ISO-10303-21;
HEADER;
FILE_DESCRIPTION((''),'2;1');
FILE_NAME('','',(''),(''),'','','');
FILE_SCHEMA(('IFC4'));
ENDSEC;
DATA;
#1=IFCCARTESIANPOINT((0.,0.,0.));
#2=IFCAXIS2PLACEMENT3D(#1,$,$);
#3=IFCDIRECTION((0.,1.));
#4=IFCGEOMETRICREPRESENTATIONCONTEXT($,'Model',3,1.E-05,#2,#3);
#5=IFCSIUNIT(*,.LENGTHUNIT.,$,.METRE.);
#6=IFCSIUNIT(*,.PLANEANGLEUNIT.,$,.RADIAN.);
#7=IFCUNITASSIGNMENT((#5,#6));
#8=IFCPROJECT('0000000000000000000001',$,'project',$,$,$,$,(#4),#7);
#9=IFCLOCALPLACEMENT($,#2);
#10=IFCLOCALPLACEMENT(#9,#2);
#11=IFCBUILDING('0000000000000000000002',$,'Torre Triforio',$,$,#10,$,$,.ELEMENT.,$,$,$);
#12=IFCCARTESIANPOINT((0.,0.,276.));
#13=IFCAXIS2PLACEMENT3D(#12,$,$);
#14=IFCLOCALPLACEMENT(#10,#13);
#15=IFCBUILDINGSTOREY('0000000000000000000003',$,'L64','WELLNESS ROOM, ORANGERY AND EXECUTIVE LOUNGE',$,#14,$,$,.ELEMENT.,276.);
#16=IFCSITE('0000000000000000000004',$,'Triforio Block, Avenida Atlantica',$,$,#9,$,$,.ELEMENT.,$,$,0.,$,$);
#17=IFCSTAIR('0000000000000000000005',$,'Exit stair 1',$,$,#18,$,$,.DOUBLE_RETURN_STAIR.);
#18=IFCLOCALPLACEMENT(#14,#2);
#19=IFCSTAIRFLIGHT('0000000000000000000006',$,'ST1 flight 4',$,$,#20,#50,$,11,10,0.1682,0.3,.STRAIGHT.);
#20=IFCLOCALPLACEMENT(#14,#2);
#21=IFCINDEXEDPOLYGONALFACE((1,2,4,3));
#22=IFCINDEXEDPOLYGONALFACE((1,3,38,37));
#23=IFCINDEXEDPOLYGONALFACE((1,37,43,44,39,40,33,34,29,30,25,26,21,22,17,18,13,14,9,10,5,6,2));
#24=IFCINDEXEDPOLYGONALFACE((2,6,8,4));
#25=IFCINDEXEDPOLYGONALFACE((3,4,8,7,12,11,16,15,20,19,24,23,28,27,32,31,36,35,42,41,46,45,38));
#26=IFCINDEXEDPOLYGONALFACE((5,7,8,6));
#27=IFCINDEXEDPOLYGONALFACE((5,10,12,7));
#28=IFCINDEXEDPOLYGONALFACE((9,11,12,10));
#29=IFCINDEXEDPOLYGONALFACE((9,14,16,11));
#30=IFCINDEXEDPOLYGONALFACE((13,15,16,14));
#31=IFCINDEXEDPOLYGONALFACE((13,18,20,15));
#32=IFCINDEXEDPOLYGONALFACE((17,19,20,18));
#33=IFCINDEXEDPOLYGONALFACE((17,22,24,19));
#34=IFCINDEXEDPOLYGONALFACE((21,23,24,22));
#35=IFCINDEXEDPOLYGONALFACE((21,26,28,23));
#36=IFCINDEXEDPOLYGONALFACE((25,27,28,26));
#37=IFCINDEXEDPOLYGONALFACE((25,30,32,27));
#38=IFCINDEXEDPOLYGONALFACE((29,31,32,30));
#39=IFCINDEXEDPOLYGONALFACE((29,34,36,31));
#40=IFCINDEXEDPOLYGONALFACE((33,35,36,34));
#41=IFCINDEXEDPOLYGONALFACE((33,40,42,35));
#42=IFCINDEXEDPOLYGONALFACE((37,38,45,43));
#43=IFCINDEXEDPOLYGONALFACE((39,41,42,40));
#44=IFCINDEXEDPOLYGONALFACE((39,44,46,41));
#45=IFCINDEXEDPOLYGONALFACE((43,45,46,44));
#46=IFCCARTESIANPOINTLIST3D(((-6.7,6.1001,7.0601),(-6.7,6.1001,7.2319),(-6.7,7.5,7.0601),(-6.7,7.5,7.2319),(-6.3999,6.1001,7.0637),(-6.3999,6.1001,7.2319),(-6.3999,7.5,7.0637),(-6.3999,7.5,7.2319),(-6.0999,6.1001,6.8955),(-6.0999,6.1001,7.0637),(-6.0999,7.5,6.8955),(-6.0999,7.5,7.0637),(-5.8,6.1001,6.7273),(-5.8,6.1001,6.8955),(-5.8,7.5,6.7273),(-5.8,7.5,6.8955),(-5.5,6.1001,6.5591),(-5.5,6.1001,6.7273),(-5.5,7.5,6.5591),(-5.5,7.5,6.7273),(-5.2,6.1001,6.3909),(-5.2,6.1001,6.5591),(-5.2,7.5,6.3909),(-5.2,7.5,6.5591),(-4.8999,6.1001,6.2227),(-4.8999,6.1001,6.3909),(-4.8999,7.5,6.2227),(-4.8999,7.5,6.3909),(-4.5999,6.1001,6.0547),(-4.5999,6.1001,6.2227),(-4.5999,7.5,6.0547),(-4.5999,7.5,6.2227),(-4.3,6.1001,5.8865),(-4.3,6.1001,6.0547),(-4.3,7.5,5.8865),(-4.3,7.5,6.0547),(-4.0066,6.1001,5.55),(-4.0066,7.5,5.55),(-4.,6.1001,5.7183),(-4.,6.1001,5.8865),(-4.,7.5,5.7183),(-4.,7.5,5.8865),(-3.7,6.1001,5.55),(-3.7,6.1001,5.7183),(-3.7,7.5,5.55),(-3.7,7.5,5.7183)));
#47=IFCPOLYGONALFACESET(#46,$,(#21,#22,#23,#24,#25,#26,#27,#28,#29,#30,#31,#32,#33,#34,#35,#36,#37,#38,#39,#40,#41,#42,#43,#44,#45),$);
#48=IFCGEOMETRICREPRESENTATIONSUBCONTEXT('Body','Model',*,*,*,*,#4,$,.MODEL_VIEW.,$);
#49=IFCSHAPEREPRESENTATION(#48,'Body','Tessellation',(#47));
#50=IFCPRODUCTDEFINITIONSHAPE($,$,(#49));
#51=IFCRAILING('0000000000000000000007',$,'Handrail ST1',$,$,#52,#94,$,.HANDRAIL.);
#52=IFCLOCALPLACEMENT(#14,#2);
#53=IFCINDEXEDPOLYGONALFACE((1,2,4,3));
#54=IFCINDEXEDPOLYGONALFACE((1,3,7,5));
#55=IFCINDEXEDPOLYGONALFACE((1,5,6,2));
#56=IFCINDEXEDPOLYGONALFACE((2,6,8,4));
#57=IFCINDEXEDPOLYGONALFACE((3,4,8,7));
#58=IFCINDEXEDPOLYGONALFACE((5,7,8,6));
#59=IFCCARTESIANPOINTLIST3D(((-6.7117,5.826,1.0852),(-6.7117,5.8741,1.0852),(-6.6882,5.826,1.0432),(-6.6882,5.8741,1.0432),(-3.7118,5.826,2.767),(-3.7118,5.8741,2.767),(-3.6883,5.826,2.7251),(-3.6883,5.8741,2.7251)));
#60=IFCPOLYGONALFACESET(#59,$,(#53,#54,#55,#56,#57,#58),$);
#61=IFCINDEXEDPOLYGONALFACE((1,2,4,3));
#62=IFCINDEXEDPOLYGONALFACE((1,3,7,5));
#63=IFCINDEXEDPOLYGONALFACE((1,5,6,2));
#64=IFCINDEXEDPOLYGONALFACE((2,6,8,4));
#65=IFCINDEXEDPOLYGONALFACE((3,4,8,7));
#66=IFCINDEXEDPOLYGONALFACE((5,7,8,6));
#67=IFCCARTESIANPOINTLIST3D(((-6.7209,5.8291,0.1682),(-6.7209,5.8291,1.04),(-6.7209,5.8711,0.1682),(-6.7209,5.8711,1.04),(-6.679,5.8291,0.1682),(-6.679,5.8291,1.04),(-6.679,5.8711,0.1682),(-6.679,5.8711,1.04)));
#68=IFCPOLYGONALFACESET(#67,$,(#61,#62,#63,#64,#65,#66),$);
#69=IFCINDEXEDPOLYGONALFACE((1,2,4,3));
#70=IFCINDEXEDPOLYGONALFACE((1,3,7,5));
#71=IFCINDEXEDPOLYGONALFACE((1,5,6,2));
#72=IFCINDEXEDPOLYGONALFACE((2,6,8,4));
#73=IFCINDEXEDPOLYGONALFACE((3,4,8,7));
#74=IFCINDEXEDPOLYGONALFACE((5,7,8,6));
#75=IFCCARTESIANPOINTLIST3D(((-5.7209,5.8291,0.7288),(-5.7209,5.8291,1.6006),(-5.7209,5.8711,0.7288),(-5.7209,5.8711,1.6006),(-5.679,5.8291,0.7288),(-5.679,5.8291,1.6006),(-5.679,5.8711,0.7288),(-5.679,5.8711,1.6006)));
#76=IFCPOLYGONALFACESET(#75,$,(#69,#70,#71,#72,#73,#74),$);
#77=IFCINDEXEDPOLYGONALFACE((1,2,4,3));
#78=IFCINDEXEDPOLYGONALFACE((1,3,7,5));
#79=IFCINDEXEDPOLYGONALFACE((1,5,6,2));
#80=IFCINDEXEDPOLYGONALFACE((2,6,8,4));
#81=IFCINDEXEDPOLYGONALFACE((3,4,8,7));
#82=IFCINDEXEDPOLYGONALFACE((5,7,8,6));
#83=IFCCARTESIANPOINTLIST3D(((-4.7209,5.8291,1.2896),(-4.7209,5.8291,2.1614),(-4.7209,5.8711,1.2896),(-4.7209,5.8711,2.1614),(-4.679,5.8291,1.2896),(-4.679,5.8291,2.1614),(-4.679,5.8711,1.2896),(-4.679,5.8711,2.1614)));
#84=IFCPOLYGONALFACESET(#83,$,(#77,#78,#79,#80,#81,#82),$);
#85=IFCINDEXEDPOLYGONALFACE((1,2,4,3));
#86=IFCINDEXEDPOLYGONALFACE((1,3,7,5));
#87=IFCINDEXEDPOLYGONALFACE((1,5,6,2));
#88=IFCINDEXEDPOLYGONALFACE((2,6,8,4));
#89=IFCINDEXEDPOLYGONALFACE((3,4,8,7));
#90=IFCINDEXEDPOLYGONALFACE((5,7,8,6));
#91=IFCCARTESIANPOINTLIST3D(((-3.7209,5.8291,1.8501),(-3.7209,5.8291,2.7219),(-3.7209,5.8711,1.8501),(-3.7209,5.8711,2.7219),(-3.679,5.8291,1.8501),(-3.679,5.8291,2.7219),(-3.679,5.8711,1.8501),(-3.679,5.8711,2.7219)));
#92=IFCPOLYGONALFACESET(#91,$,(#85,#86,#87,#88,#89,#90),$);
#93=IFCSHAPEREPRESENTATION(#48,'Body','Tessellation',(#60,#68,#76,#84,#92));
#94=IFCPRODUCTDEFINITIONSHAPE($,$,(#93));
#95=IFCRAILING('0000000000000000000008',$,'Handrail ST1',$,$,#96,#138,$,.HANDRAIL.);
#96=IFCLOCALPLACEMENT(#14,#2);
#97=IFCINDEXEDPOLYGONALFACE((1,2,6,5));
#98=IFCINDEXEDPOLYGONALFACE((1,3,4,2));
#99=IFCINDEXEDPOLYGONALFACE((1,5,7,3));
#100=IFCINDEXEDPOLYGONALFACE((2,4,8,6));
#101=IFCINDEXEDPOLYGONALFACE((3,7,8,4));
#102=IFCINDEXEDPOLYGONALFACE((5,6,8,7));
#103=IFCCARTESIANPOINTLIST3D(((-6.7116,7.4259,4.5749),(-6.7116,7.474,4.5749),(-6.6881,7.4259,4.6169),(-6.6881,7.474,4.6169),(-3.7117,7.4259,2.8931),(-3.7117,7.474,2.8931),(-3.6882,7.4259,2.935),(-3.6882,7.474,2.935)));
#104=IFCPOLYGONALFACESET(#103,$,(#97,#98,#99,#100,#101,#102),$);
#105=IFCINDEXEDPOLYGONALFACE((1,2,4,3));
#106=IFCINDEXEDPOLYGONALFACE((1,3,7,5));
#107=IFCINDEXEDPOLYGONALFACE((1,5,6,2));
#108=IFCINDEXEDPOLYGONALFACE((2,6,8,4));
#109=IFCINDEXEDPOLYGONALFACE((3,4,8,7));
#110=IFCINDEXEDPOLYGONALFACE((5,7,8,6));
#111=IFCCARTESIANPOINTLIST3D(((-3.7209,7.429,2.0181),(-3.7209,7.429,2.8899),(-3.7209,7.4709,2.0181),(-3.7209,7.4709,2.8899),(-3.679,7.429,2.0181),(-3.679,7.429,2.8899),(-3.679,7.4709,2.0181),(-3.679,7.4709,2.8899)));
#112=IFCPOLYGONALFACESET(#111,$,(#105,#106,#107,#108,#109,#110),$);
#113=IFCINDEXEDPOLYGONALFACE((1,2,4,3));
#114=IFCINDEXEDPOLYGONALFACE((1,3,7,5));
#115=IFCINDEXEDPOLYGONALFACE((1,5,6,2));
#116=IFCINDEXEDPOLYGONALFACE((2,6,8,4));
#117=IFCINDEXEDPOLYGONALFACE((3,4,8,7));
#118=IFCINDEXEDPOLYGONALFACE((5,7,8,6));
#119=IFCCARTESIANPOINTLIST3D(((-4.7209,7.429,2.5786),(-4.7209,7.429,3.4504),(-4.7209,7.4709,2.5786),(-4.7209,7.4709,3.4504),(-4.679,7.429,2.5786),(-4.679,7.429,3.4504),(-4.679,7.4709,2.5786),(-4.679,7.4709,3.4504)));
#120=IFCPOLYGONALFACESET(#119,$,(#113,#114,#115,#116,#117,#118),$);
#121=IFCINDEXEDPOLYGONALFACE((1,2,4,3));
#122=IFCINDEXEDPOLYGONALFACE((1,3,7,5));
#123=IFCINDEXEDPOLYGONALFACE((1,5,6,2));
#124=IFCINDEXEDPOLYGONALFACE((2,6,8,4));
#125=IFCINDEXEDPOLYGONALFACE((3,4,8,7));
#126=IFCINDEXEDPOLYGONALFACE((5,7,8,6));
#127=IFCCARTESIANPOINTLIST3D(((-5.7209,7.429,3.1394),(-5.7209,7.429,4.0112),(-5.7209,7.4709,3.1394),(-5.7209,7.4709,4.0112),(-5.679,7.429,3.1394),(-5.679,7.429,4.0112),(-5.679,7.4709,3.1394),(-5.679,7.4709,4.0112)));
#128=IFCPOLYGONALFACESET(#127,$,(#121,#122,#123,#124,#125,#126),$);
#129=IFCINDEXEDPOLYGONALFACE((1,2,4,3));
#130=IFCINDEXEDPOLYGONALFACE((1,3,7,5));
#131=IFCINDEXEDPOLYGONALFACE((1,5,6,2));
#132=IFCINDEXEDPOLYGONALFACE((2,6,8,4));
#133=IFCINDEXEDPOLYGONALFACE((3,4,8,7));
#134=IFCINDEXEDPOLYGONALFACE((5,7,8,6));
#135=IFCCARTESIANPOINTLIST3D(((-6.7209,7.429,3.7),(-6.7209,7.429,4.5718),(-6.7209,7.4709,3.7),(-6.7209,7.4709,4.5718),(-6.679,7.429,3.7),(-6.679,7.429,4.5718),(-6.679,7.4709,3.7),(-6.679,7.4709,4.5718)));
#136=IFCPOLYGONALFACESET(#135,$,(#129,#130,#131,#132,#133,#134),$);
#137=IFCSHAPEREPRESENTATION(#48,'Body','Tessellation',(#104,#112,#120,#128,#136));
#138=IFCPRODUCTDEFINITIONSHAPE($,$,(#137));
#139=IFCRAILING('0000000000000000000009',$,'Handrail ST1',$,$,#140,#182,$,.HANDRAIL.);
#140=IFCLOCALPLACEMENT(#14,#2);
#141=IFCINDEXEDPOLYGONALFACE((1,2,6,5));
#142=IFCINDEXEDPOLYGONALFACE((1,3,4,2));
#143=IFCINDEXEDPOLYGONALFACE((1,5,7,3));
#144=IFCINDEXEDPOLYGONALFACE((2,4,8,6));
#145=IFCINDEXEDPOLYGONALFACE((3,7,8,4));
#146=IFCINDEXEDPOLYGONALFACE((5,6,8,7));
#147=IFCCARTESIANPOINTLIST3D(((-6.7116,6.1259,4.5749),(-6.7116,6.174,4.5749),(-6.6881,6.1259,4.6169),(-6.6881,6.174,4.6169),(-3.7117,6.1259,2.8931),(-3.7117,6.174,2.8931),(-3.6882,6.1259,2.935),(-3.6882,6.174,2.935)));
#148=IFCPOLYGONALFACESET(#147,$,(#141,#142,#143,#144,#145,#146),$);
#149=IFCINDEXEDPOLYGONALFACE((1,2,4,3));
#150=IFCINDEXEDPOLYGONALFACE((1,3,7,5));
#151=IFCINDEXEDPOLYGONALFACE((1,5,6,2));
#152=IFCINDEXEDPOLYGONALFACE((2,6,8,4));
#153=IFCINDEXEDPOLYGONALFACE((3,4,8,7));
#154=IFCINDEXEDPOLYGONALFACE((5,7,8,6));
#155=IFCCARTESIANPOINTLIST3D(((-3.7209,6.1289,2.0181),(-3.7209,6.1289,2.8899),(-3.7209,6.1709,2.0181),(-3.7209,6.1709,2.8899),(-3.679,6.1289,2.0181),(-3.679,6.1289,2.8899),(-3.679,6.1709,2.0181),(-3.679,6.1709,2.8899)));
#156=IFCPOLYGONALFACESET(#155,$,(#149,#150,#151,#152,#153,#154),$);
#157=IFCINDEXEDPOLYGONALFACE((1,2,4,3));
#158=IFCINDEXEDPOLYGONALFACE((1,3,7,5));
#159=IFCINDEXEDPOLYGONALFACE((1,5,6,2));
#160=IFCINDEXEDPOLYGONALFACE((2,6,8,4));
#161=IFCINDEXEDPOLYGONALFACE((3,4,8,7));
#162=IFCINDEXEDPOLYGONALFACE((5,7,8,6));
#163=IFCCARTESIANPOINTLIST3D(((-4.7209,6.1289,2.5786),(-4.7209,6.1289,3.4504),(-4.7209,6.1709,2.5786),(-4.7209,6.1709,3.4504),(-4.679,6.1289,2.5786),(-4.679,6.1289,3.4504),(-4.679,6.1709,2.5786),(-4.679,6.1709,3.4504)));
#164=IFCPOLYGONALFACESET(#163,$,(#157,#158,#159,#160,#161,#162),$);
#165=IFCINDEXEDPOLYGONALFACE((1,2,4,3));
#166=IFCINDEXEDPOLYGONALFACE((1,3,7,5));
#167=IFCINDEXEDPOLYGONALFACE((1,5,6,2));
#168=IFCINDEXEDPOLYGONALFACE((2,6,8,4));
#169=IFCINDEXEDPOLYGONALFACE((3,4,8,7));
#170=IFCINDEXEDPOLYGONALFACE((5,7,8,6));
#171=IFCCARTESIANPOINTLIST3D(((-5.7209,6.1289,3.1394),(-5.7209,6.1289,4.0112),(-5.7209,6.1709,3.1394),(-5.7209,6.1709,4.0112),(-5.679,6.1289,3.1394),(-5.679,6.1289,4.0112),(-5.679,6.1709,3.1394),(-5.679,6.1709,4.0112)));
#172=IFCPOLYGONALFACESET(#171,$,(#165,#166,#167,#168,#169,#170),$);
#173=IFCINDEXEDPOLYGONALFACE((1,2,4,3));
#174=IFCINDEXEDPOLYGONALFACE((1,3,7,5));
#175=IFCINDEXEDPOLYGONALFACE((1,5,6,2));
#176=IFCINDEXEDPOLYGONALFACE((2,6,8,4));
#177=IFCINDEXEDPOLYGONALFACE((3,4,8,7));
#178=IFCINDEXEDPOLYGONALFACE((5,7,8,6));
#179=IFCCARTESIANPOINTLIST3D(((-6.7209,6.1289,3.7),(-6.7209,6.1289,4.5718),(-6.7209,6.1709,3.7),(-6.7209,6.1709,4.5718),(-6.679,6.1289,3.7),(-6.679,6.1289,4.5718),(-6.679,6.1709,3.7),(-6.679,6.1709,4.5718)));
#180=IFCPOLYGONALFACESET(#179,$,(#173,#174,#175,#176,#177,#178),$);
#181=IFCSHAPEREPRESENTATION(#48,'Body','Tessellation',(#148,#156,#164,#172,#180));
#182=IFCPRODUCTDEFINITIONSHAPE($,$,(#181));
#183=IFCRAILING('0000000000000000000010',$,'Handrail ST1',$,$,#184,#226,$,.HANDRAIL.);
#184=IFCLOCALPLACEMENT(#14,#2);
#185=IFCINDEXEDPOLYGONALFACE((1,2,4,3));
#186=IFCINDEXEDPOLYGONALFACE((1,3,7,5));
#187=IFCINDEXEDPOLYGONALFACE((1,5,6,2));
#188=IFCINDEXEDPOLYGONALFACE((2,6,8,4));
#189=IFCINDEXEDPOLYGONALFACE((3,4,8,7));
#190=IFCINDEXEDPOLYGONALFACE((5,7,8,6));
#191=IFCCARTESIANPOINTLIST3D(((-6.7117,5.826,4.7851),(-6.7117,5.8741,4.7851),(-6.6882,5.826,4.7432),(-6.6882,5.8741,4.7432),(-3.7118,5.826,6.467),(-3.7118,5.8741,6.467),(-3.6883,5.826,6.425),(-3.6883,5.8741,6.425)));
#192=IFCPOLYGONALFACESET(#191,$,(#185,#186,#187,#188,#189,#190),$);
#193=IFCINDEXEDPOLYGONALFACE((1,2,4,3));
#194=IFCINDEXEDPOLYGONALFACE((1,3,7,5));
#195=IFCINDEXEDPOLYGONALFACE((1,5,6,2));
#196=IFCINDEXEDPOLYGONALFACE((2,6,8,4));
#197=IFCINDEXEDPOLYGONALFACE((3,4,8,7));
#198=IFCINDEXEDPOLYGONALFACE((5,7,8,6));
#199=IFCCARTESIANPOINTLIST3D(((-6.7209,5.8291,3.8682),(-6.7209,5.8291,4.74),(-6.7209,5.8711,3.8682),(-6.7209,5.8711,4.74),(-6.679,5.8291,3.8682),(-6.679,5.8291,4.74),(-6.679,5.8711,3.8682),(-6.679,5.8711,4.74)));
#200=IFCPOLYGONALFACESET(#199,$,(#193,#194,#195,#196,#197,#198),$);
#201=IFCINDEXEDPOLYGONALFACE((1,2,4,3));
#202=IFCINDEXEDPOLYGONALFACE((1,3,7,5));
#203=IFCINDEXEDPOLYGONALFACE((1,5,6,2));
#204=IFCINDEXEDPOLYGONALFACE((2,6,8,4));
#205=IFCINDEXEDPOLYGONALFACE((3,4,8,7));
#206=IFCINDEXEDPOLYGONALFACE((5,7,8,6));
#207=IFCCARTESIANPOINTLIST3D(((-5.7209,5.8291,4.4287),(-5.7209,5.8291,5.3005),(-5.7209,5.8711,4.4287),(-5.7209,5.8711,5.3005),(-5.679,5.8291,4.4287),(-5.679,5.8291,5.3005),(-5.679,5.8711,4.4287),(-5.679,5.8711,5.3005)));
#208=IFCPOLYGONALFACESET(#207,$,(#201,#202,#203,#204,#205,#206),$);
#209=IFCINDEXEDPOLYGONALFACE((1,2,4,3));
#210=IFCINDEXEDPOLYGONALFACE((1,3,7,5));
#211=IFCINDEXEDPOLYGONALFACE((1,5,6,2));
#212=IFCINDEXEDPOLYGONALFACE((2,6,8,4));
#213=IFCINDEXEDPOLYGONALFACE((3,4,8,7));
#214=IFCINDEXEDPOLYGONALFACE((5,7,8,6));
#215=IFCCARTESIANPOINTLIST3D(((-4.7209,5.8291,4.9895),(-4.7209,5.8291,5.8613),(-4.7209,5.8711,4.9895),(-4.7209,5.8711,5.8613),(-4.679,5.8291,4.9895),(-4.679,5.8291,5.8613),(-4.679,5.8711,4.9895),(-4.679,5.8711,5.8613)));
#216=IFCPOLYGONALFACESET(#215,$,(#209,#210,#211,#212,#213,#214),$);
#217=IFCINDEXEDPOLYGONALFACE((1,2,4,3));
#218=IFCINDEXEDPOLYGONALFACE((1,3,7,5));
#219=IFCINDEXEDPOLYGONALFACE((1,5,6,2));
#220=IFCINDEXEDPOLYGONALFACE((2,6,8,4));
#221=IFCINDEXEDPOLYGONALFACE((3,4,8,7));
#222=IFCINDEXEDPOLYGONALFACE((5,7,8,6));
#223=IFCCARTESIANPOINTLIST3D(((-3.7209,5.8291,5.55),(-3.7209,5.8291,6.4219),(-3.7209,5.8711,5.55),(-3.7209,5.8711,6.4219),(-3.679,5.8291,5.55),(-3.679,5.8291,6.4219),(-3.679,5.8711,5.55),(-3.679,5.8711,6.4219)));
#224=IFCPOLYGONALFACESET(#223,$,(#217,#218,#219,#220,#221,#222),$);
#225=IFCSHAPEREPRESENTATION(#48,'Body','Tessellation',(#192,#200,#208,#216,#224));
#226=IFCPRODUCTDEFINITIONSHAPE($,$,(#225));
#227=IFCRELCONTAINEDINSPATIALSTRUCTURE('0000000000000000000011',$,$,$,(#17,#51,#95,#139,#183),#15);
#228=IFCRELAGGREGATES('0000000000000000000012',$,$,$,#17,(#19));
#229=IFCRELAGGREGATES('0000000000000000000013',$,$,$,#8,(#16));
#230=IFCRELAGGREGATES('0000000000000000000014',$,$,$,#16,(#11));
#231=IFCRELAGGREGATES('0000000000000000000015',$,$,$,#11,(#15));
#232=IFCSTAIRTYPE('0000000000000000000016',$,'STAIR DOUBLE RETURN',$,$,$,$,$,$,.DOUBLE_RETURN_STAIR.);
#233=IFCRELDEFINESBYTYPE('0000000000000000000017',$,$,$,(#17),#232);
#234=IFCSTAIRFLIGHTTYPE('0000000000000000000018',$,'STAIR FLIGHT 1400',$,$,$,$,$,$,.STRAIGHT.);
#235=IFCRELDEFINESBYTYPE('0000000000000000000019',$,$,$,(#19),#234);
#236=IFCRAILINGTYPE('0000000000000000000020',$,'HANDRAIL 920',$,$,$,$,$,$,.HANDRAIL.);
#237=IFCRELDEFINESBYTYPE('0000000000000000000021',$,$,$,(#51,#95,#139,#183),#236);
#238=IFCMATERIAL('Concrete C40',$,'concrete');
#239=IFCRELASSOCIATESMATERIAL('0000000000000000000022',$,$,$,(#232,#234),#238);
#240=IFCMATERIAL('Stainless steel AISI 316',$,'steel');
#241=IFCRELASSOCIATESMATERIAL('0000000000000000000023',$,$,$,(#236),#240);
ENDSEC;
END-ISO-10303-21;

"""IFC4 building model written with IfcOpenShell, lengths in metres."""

from ifc_helpers import new_model, si_unit, direction, frame, origin, origin_2d, place, context, subcontext, project, spatial, polyline, rectangle, outline, extrude, material, type_object, element, aggregate, save


model = new_model("IFC4")

# Units and contexts
model_context = context("Model", 3, precision=1e-05, world=origin(), true_north=direction((0.0, 1.0)))
body_context = subcontext(model_context, "Body", "Model", "MODEL_VIEW")
ifc_project = project(units=[si_unit("LENGTHUNIT", "METRE"), si_unit("PLANEANGLEUNIT", "RADIAN")], contexts=[model_context])

# Site, building, storey
site_placement = place(None, origin())
site = spatial("IfcSite", under=ifc_project, at=site_placement, Name="Triforio Block, Avenida Atlantica", CompositionType="ELEMENT", RefElevation=0.0)
building_placement = place(site_placement, origin())
building = spatial("IfcBuilding", under=site, at=building_placement, Name="Torre Triforio", CompositionType="ELEMENT")
storey_placement = place(building_placement, frame((0.0, 0.0, 276.0)))
storey = spatial("IfcBuildingStorey", under=building, at=storey_placement, Name="L64", Description="WELLNESS ROOM, ORANGERY AND EXECUTIVE LOUNGE", CompositionType="ELEMENT", Elevation=276.0)

# Shared definitions
ifc_material_1 = material(Name="Concrete C40", Category="concrete")

# Stair, stair flight
stair_type = type_object("IfcStairType", Name="STAIR DOUBLE RETURN", PredefinedType="DOUBLE_RETURN_STAIR", material=ifc_material_1)
stair_placement = place(storey_placement, origin())
stair = element("IfcStair", 1, at=stair_placement, inside=storey, type_object=stair_type, Name="Exit stair 1", PredefinedType="DOUBLE_RETURN_STAIR")
stair_flight_type = type_object("IfcStairFlightType", Name="STAIR FLIGHT 1400", PredefinedType="STRAIGHT", material=ifc_material_1)
stair_flight_1_placement = place(storey_placement, frame((-3.7, 6.8, 5.55), z_axis=(0.0, 0.0, 1.0), x_axis=(-1.0, 0.0, 0.0)))
stair_flight_1 = element("IfcStairFlight", 2, at=stair_flight_1_placement, type_object=stair_flight_type, Name="ST1 flight 4", NumberOfRisers=11, NumberOfTreads=10, PredefinedType="STRAIGHT", RiserHeight=0.1682, TreadLength=0.3, context=body_context, shape_type="SweptSolid", body=[
    extrude(outline(polyline([(0.0, 0.0), (0.0, 0.1682), (0.3, 0.1682), (0.3, 0.3364), (0.6001, 0.3364), (0.6001, 0.5046), (0.8999, 0.5046), (0.8999, 0.6726), (1.2, 0.6726), (1.2, 0.8408), (1.5, 0.8408), (1.5, 1.009), (1.8, 1.009), (1.8, 1.1772), (2.1001, 1.1772), (2.1001, 1.3455), (2.3999, 1.3455), (2.3999, 1.5137), (2.7, 1.5137), (2.7, 1.6819), (3.0, 1.6819), (3.0, 1.8501), (3.0, 1.51), (0.3066, 0.0), (0.0, 0.0)])), frame((0.0, 0.7, 0.0), z_axis=(0.0, -1.0, 0.0), x_axis=(1.0, 0.0, 0.0)), (0.0, 0.0, 1.0), 1.3999),
])
aggregate(stair, [stair_flight_1])

# Railings
ifc_material_2 = material(Name="Stainless steel AISI 316", Category="steel")
railing_type = type_object("IfcRailingType", Name="HANDRAIL 920", PredefinedType="HANDRAIL", material=ifc_material_2)
railing_1_placement = place(storey_placement, frame((-6.7, 5.8501, 0.1682)))
element("IfcRailing", 3, at=railing_1_placement, inside=storey, type_object=railing_type, Name="Handrail ST1", PredefinedType="HANDRAIL", context=body_context, shape_type="SweptSolid", body=[
    extrude(rectangle(XDim=0.0481, YDim=0.0481, at=origin_2d()), frame((0.0, 0.0, 0.896), z_axis=(0.872272, 0.0, 0.48902), x_axis=(0.0, 1.0, 0.0)), (0.0, 0.0, 1.0), 3.4392),
    extrude(rectangle(XDim=0.042, YDim=0.042, at=origin_2d()), origin(), (0.0, 0.0, 1.0), 0.8718),
    extrude(rectangle(XDim=0.042, YDim=0.042, at=origin_2d()), frame((1.0, 0.0, 0.5605)), (0.0, 0.0, 1.0), 0.8718),
    extrude(rectangle(XDim=0.042, YDim=0.042, at=origin_2d()), frame((2.0, 0.0, 1.1213)), (0.0, 0.0, 1.0), 0.8718),
    extrude(rectangle(XDim=0.042, YDim=0.042, at=origin_2d()), frame((3.0, 0.0, 1.6819)), (0.0, 0.0, 1.0), 0.8718),
])
for number, where, name in (
    (4, (-3.7, 7.45, 2.0181), "Handrail ST1"),
    (5, (-3.7, 6.1499, 2.0181), "Handrail ST1"),
):
    element("IfcRailing", number, at=place(storey_placement, frame(where)), inside=storey, type_object=railing_type, Name=name, PredefinedType="HANDRAIL", context=body_context, shape_type="SweptSolid", body=[
        extrude(rectangle(XDim=0.0481, YDim=0.0481, at=origin_2d()), frame((0.0, 0.0, 0.896), z_axis=(-0.872272, 0.0, 0.48902), x_axis=(0.0, -1.0, 0.0)), (0.0, 0.0, 1.0), 3.4392),
        extrude(rectangle(XDim=0.042, YDim=0.042, at=origin_2d()), origin(), (0.0, 0.0, 1.0), 0.8718),
        extrude(rectangle(XDim=0.042, YDim=0.042, at=origin_2d()), frame((-1.0, 0.0, 0.5605)), (0.0, 0.0, 1.0), 0.8718),
        extrude(rectangle(XDim=0.042, YDim=0.042, at=origin_2d()), frame((-2.0, 0.0, 1.1213)), (0.0, 0.0, 1.0), 0.8718),
        extrude(rectangle(XDim=0.042, YDim=0.042, at=origin_2d()), frame((-3.0, 0.0, 1.6819)), (0.0, 0.0, 1.0), 0.8718),
    ])
railing_2_placement = place(storey_placement, frame((-6.7, 5.8501, 3.8682)))
element("IfcRailing", 6, at=railing_2_placement, inside=storey, type_object=railing_type, Name="Handrail ST1", PredefinedType="HANDRAIL", context=body_context, shape_type="SweptSolid", body=[
    extrude(rectangle(XDim=0.0481, YDim=0.0481, at=origin_2d()), frame((0.0, 0.0, 0.896), z_axis=(0.872272, 0.0, 0.48902), x_axis=(0.0, 1.0, 0.0)), (0.0, 0.0, 1.0), 3.4392),
    extrude(rectangle(XDim=0.042, YDim=0.042, at=origin_2d()), origin(), (0.0, 0.0, 1.0), 0.8718),
    extrude(rectangle(XDim=0.042, YDim=0.042, at=origin_2d()), frame((1.0, 0.0, 0.5605)), (0.0, 0.0, 1.0), 0.8718),
    extrude(rectangle(XDim=0.042, YDim=0.042, at=origin_2d()), frame((2.0, 0.0, 1.1213)), (0.0, 0.0, 1.0), 0.8718),
    extrude(rectangle(XDim=0.042, YDim=0.042, at=origin_2d()), frame((3.0, 0.0, 1.6819)), (0.0, 0.0, 1.0), 0.8718),
])

save(model, "model.ifc")
